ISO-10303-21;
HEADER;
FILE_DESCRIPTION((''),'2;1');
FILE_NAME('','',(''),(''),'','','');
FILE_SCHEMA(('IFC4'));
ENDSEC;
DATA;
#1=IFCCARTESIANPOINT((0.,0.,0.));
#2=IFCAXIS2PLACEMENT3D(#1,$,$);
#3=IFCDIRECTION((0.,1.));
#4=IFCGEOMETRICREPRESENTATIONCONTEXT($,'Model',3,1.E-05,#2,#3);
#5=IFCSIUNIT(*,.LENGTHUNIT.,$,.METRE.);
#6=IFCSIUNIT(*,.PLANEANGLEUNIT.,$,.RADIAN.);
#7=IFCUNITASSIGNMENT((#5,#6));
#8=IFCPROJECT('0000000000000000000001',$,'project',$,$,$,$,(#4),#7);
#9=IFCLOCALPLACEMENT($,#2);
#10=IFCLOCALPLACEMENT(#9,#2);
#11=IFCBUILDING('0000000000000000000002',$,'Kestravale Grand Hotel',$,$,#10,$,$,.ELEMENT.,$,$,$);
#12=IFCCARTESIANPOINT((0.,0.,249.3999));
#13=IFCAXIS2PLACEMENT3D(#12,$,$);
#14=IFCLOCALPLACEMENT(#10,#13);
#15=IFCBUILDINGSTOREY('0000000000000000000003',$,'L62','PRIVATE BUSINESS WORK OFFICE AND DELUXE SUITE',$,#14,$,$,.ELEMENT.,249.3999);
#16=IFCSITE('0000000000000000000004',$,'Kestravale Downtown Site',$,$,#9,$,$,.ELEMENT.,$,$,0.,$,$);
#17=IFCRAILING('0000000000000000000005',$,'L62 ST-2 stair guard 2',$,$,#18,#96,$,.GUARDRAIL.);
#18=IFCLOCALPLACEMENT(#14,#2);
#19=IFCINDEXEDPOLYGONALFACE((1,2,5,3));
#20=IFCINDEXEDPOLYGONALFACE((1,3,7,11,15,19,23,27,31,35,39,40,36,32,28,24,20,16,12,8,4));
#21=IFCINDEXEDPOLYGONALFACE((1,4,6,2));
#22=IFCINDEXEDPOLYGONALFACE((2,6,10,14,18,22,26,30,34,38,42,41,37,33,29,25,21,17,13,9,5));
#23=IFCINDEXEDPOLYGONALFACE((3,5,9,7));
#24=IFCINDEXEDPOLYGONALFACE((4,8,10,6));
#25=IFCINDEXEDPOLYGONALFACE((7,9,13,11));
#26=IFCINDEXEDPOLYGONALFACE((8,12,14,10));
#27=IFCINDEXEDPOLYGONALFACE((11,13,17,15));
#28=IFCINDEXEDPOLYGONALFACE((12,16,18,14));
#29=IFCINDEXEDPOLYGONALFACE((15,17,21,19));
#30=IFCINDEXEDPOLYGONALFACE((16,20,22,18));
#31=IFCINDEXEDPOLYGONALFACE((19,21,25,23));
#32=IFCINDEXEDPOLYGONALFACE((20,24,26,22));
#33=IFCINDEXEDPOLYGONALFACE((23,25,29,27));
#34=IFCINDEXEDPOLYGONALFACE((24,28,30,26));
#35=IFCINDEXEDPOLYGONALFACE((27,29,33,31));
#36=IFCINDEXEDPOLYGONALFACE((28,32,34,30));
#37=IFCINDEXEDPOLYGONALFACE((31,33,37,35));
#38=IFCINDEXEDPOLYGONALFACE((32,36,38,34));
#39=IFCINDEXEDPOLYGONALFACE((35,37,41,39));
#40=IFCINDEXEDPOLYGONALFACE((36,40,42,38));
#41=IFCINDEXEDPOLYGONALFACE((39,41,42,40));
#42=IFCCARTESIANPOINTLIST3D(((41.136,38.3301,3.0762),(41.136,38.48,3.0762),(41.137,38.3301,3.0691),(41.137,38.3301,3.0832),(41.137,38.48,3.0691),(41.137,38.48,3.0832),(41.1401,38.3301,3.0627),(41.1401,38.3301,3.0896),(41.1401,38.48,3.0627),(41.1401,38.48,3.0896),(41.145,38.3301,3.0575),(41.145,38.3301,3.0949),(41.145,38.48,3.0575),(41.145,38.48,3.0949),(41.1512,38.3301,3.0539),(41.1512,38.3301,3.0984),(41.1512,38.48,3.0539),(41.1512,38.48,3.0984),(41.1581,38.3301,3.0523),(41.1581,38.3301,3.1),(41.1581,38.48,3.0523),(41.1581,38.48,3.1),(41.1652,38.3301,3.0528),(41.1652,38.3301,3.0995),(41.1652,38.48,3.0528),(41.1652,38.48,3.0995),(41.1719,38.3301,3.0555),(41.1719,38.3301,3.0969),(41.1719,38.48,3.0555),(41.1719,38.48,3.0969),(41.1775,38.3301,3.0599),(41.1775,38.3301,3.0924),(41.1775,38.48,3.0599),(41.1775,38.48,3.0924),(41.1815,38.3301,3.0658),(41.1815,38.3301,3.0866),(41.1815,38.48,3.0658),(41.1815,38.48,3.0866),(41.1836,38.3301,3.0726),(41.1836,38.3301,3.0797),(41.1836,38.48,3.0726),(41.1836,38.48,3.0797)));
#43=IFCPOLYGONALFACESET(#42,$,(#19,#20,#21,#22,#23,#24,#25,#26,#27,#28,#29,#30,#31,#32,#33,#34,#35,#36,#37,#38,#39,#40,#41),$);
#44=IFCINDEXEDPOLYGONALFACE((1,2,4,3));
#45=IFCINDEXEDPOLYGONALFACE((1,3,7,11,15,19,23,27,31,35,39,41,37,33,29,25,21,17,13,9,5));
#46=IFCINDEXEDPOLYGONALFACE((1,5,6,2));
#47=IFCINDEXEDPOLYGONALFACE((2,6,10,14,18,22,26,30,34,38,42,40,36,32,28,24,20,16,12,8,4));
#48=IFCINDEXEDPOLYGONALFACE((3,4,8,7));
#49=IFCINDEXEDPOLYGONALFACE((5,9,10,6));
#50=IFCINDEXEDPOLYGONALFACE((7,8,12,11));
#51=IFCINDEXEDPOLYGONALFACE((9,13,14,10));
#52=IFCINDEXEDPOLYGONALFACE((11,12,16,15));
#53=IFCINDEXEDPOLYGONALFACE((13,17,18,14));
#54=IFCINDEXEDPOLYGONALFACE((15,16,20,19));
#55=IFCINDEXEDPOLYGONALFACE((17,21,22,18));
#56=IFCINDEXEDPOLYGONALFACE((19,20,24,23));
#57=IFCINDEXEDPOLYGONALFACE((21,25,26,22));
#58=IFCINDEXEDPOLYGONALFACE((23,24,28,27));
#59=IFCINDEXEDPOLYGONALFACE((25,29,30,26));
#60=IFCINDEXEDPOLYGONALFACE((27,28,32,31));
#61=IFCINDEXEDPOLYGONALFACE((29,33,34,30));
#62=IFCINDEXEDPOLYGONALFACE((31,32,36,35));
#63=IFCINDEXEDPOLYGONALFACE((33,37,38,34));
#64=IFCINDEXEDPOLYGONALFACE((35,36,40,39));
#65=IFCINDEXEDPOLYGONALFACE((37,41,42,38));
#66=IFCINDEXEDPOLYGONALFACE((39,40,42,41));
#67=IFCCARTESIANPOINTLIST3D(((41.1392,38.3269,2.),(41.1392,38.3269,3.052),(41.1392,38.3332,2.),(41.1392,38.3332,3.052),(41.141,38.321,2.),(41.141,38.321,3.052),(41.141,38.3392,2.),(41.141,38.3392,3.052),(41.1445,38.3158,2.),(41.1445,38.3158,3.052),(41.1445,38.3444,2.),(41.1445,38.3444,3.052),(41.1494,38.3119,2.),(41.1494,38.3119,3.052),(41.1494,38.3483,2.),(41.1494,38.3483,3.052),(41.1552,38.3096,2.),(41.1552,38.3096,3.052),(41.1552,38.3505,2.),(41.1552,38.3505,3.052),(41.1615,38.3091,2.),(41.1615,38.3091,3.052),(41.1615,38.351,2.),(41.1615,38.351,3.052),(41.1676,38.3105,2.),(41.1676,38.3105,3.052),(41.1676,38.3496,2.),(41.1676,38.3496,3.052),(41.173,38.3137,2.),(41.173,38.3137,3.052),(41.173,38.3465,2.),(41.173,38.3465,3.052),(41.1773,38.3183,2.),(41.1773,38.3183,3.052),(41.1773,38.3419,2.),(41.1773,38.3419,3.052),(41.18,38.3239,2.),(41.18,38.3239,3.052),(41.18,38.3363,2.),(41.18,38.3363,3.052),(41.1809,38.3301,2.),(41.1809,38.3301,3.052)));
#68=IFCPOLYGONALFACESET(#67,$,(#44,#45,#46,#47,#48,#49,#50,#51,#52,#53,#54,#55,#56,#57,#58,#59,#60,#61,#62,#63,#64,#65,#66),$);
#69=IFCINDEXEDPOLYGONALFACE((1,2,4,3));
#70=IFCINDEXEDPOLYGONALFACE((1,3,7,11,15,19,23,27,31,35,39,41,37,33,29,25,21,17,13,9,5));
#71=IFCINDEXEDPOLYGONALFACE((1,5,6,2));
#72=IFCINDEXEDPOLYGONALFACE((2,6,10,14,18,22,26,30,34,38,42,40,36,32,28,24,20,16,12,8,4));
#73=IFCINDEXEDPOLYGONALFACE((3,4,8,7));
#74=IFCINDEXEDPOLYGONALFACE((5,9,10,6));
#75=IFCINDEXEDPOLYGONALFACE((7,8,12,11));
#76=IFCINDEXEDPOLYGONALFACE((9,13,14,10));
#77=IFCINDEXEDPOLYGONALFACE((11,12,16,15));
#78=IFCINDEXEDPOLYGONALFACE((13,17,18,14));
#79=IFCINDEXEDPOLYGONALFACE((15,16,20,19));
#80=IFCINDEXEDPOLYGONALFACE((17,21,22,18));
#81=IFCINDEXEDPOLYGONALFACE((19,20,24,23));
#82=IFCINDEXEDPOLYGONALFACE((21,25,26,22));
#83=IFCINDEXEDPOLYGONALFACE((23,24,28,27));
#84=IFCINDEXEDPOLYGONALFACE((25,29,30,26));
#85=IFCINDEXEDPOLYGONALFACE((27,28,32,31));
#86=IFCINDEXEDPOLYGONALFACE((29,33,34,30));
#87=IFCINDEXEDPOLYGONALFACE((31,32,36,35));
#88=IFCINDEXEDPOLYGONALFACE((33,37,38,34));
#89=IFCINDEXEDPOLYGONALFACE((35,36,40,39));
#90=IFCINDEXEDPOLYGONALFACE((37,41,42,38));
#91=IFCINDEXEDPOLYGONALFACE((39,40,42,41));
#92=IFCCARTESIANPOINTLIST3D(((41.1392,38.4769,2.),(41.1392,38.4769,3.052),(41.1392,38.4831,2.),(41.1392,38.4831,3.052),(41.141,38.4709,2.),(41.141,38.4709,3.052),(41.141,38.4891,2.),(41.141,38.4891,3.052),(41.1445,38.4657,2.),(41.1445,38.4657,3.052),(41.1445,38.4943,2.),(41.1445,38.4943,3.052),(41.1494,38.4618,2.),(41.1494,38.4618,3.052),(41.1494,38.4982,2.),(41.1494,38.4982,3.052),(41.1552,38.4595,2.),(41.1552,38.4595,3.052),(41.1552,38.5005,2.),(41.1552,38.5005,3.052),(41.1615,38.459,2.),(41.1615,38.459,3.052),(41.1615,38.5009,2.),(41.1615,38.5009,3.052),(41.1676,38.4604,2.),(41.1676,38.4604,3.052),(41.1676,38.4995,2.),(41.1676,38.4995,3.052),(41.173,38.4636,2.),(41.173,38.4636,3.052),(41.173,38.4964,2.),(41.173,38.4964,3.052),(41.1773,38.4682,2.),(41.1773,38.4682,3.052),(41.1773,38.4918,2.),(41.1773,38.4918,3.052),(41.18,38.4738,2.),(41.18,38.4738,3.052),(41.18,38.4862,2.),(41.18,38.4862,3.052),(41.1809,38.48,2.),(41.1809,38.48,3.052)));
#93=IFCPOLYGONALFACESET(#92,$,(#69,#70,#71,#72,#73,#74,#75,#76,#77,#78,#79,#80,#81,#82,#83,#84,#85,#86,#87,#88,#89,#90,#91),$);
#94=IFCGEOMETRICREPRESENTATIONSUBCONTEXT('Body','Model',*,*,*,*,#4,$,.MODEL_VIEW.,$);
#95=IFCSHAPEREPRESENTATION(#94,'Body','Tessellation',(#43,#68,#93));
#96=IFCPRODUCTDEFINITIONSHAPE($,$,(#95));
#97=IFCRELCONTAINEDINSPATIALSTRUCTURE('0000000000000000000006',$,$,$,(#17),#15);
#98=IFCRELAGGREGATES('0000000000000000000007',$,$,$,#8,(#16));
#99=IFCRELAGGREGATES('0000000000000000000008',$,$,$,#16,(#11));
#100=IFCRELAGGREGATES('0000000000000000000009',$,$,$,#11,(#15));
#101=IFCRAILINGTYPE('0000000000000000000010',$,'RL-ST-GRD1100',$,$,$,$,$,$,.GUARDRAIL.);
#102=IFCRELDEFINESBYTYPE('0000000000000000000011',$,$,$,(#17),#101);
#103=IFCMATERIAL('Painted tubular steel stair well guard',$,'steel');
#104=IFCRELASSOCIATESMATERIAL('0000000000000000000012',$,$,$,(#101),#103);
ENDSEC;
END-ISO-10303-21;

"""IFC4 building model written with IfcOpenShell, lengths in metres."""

from ifc_helpers import new_model, si_unit, direction, frame, origin, origin_2d, place, context, subcontext, project, spatial, circle, extrude, material, type_object, element, save


model = new_model("IFC4")

# Units and contexts
model_context = context("Model", 3, precision=1e-05, world=origin(), true_north=direction((0.0, 1.0)))
body_context = subcontext(model_context, "Body", "Model", "MODEL_VIEW")
ifc_project = project(units=[si_unit("LENGTHUNIT", "METRE"), si_unit("PLANEANGLEUNIT", "RADIAN")], contexts=[model_context])

# Site, building, storey
site_placement = place(None, origin())
site = spatial("IfcSite", under=ifc_project, at=site_placement, Name="Kestravale Downtown Site", CompositionType="ELEMENT", RefElevation=0.0)
building_placement = place(site_placement, origin())
building = spatial("IfcBuilding", under=site, at=building_placement, Name="Kestravale Grand Hotel", CompositionType="ELEMENT")
storey_placement = place(building_placement, frame((0.0, 0.0, 249.3999)))
storey = spatial("IfcBuildingStorey", under=building, at=storey_placement, Name="L62", Description="PRIVATE BUSINESS WORK OFFICE AND DELUXE SUITE", CompositionType="ELEMENT", Elevation=249.3999)

# Railing
ifc_material_1 = material(Name="Painted tubular steel stair well guard", Category="steel")
railing_type_1 = type_object("IfcRailingType", Name="RL-ST-GRD1100", PredefinedType="GUARDRAIL", material=ifc_material_1)
railing_1_placement = place(storey_placement, frame((41.1599, 38.3301, 2.0)))
element("IfcRailing", 1, at=railing_1_placement, inside=storey, type_object=railing_type_1, Name="L62 ST-2 stair guard 2", PredefinedType="GUARDRAIL", context=body_context, shape_type="SweptSolid", body=[
    extrude(circle(Radius=0.0239, at=origin_2d()), frame((0.0, 0.0, 1.0762), z_axis=(0.0, 1.0, 0.0), x_axis=(-1.0, 0.0, 0.0)), (0.0, 0.0, 1.0), 0.1499),
    extrude(circle(Radius=0.021, at=origin_2d()), origin(), (0.0, 0.0, 1.0), 1.052),
    extrude(circle(Radius=0.021, at=origin_2d()), frame((0.0, 0.1499, 0.0)), (0.0, 0.0, 1.0), 1.052),
])

save(model, "model.ifc")
